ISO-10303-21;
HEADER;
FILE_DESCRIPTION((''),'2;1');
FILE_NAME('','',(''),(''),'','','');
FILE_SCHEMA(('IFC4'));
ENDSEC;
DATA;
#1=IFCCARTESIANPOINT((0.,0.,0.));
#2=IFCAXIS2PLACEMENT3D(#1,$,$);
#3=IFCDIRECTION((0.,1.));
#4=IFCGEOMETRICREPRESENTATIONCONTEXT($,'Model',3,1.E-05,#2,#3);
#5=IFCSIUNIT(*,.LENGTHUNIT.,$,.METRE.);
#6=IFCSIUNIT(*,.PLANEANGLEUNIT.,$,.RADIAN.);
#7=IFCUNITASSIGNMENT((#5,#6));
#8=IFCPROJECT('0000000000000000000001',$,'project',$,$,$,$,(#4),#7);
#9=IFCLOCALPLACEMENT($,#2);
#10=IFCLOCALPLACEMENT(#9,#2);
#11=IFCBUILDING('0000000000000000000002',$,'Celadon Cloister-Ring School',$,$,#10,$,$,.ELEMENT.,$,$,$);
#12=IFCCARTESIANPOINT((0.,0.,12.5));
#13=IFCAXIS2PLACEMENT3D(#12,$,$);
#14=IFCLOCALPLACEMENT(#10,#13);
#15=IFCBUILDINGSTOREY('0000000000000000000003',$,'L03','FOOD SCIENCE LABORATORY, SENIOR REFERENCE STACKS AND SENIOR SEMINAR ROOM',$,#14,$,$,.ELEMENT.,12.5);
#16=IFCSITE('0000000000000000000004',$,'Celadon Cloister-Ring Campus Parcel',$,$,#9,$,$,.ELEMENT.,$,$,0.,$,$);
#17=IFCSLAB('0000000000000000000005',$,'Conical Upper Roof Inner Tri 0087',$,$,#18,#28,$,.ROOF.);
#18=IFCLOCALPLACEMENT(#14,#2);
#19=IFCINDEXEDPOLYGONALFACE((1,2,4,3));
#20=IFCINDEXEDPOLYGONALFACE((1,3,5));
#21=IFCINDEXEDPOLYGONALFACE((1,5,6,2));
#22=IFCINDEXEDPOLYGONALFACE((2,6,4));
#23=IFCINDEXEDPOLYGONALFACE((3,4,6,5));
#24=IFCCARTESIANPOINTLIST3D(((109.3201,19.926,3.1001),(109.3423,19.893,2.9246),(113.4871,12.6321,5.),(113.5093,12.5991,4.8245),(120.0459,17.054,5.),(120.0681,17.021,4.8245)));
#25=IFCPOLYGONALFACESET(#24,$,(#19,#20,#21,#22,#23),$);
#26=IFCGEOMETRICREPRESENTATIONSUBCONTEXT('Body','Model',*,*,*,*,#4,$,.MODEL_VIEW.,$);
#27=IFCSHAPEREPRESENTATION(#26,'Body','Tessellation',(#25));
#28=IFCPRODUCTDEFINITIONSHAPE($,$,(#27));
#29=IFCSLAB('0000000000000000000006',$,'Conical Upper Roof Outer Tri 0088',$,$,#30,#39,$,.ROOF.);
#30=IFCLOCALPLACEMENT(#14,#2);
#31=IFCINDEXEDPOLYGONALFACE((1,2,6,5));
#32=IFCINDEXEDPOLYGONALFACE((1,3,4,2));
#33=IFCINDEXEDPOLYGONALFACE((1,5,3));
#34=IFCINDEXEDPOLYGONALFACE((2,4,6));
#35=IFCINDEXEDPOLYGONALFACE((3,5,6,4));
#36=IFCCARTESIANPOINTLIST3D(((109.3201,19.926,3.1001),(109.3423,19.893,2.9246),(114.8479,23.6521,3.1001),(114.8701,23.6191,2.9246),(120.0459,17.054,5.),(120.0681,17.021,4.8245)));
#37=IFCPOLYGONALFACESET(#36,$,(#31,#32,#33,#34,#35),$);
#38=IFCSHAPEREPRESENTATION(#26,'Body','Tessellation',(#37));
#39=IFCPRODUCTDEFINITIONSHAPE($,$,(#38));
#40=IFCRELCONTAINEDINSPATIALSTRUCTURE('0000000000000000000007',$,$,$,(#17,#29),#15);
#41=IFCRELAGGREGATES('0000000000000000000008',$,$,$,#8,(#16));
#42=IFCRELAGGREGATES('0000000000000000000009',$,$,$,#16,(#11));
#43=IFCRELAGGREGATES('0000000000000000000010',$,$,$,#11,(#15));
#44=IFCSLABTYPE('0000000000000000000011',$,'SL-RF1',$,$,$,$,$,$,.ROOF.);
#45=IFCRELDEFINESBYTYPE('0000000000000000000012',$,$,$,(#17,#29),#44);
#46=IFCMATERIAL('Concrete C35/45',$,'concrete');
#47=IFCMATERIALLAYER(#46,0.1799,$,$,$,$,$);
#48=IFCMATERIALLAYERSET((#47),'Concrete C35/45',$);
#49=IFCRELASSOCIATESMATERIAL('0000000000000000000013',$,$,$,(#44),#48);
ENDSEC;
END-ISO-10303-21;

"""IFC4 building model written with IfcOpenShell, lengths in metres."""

from ifc_helpers import new_model, si_unit, direction, frame, origin, place, context, subcontext, project, spatial, polyline, outline, extrude, material, layer, layer_set, type_object, element, save


model = new_model("IFC4")

# Units and contexts
model_context = context("Model", 3, precision=1e-05, world=origin(), true_north=direction((0.0, 1.0)))
body_context = subcontext(model_context, "Body", "Model", "MODEL_VIEW")
ifc_project = project(units=[si_unit("LENGTHUNIT", "METRE"), si_unit("PLANEANGLEUNIT", "RADIAN")], contexts=[model_context])

# Site, building, storey
site_placement = place(None, origin())
site = spatial("IfcSite", under=ifc_project, at=site_placement, Name="Celadon Cloister-Ring Campus Parcel", CompositionType="ELEMENT", RefElevation=0.0)
building_placement = place(site_placement, origin())
building = spatial("IfcBuilding", under=site, at=building_placement, Name="Celadon Cloister-Ring School", CompositionType="ELEMENT")
storey_placement = place(building_placement, frame((0.0, 0.0, 12.5)))
storey = spatial("IfcBuildingStorey", under=building, at=storey_placement, Name="L03", Description="FOOD SCIENCE LABORATORY, SENIOR REFERENCE STACKS AND SENIOR SEMINAR ROOM", CompositionType="ELEMENT", Elevation=12.5)

# Slabs
ifc_material_1 = material(Name="Concrete C35/45", Category="concrete")
ifc_layer_1 = layer(ifc_material_1, 0.1799)
ifc_layer_set_1 = layer_set([ifc_layer_1], Name="Concrete C35/45")
slab_type = type_object("IfcSlabType", Name="SL-RF1", PredefinedType="ROOF", material=ifc_layer_set_1)
slab_1_placement = place(storey_placement, frame((109.3201, 19.926, 3.1001), z_axis=(-0.12364, 0.183391, 0.975234), x_axis=(0.483831, -0.846903, 0.220598)))
element("IfcSlab", 1, at=slab_1_placement, inside=storey, type_object=slab_type, Name="Conical Upper Roof Inner Tri 0087", PredefinedType="ROOF", context=body_context, shape_type="SweptSolid", body=[
    extrude(outline(polyline([(0.0, 0.0), (8.6125, 0.0), (8.041, 7.8895), (0.0, 0.0)])), origin(), (0.0, 0.0, -1.0), 0.1799),
])
slab_2_placement = place(storey_placement, frame((109.3201, 19.926, 3.1001), z_axis=(-0.123632, 0.183415, 0.97523), x_axis=(0.952132, -0.254954, 0.168654)))
element("IfcSlab", 2, at=slab_2_placement, inside=storey, type_object=slab_type, Name="Conical Upper Roof Outer Tri 0088", PredefinedType="ROOF", context=body_context, shape_type="SweptSolid", body=[
    extrude(outline(polyline([(0.0, 0.0), (11.2651, 0.0), (4.3132, 5.083), (0.0, 0.0)])), origin(), (0.0, 0.0, -1.0), 0.1799),
])

save(model, "model.ifc")
